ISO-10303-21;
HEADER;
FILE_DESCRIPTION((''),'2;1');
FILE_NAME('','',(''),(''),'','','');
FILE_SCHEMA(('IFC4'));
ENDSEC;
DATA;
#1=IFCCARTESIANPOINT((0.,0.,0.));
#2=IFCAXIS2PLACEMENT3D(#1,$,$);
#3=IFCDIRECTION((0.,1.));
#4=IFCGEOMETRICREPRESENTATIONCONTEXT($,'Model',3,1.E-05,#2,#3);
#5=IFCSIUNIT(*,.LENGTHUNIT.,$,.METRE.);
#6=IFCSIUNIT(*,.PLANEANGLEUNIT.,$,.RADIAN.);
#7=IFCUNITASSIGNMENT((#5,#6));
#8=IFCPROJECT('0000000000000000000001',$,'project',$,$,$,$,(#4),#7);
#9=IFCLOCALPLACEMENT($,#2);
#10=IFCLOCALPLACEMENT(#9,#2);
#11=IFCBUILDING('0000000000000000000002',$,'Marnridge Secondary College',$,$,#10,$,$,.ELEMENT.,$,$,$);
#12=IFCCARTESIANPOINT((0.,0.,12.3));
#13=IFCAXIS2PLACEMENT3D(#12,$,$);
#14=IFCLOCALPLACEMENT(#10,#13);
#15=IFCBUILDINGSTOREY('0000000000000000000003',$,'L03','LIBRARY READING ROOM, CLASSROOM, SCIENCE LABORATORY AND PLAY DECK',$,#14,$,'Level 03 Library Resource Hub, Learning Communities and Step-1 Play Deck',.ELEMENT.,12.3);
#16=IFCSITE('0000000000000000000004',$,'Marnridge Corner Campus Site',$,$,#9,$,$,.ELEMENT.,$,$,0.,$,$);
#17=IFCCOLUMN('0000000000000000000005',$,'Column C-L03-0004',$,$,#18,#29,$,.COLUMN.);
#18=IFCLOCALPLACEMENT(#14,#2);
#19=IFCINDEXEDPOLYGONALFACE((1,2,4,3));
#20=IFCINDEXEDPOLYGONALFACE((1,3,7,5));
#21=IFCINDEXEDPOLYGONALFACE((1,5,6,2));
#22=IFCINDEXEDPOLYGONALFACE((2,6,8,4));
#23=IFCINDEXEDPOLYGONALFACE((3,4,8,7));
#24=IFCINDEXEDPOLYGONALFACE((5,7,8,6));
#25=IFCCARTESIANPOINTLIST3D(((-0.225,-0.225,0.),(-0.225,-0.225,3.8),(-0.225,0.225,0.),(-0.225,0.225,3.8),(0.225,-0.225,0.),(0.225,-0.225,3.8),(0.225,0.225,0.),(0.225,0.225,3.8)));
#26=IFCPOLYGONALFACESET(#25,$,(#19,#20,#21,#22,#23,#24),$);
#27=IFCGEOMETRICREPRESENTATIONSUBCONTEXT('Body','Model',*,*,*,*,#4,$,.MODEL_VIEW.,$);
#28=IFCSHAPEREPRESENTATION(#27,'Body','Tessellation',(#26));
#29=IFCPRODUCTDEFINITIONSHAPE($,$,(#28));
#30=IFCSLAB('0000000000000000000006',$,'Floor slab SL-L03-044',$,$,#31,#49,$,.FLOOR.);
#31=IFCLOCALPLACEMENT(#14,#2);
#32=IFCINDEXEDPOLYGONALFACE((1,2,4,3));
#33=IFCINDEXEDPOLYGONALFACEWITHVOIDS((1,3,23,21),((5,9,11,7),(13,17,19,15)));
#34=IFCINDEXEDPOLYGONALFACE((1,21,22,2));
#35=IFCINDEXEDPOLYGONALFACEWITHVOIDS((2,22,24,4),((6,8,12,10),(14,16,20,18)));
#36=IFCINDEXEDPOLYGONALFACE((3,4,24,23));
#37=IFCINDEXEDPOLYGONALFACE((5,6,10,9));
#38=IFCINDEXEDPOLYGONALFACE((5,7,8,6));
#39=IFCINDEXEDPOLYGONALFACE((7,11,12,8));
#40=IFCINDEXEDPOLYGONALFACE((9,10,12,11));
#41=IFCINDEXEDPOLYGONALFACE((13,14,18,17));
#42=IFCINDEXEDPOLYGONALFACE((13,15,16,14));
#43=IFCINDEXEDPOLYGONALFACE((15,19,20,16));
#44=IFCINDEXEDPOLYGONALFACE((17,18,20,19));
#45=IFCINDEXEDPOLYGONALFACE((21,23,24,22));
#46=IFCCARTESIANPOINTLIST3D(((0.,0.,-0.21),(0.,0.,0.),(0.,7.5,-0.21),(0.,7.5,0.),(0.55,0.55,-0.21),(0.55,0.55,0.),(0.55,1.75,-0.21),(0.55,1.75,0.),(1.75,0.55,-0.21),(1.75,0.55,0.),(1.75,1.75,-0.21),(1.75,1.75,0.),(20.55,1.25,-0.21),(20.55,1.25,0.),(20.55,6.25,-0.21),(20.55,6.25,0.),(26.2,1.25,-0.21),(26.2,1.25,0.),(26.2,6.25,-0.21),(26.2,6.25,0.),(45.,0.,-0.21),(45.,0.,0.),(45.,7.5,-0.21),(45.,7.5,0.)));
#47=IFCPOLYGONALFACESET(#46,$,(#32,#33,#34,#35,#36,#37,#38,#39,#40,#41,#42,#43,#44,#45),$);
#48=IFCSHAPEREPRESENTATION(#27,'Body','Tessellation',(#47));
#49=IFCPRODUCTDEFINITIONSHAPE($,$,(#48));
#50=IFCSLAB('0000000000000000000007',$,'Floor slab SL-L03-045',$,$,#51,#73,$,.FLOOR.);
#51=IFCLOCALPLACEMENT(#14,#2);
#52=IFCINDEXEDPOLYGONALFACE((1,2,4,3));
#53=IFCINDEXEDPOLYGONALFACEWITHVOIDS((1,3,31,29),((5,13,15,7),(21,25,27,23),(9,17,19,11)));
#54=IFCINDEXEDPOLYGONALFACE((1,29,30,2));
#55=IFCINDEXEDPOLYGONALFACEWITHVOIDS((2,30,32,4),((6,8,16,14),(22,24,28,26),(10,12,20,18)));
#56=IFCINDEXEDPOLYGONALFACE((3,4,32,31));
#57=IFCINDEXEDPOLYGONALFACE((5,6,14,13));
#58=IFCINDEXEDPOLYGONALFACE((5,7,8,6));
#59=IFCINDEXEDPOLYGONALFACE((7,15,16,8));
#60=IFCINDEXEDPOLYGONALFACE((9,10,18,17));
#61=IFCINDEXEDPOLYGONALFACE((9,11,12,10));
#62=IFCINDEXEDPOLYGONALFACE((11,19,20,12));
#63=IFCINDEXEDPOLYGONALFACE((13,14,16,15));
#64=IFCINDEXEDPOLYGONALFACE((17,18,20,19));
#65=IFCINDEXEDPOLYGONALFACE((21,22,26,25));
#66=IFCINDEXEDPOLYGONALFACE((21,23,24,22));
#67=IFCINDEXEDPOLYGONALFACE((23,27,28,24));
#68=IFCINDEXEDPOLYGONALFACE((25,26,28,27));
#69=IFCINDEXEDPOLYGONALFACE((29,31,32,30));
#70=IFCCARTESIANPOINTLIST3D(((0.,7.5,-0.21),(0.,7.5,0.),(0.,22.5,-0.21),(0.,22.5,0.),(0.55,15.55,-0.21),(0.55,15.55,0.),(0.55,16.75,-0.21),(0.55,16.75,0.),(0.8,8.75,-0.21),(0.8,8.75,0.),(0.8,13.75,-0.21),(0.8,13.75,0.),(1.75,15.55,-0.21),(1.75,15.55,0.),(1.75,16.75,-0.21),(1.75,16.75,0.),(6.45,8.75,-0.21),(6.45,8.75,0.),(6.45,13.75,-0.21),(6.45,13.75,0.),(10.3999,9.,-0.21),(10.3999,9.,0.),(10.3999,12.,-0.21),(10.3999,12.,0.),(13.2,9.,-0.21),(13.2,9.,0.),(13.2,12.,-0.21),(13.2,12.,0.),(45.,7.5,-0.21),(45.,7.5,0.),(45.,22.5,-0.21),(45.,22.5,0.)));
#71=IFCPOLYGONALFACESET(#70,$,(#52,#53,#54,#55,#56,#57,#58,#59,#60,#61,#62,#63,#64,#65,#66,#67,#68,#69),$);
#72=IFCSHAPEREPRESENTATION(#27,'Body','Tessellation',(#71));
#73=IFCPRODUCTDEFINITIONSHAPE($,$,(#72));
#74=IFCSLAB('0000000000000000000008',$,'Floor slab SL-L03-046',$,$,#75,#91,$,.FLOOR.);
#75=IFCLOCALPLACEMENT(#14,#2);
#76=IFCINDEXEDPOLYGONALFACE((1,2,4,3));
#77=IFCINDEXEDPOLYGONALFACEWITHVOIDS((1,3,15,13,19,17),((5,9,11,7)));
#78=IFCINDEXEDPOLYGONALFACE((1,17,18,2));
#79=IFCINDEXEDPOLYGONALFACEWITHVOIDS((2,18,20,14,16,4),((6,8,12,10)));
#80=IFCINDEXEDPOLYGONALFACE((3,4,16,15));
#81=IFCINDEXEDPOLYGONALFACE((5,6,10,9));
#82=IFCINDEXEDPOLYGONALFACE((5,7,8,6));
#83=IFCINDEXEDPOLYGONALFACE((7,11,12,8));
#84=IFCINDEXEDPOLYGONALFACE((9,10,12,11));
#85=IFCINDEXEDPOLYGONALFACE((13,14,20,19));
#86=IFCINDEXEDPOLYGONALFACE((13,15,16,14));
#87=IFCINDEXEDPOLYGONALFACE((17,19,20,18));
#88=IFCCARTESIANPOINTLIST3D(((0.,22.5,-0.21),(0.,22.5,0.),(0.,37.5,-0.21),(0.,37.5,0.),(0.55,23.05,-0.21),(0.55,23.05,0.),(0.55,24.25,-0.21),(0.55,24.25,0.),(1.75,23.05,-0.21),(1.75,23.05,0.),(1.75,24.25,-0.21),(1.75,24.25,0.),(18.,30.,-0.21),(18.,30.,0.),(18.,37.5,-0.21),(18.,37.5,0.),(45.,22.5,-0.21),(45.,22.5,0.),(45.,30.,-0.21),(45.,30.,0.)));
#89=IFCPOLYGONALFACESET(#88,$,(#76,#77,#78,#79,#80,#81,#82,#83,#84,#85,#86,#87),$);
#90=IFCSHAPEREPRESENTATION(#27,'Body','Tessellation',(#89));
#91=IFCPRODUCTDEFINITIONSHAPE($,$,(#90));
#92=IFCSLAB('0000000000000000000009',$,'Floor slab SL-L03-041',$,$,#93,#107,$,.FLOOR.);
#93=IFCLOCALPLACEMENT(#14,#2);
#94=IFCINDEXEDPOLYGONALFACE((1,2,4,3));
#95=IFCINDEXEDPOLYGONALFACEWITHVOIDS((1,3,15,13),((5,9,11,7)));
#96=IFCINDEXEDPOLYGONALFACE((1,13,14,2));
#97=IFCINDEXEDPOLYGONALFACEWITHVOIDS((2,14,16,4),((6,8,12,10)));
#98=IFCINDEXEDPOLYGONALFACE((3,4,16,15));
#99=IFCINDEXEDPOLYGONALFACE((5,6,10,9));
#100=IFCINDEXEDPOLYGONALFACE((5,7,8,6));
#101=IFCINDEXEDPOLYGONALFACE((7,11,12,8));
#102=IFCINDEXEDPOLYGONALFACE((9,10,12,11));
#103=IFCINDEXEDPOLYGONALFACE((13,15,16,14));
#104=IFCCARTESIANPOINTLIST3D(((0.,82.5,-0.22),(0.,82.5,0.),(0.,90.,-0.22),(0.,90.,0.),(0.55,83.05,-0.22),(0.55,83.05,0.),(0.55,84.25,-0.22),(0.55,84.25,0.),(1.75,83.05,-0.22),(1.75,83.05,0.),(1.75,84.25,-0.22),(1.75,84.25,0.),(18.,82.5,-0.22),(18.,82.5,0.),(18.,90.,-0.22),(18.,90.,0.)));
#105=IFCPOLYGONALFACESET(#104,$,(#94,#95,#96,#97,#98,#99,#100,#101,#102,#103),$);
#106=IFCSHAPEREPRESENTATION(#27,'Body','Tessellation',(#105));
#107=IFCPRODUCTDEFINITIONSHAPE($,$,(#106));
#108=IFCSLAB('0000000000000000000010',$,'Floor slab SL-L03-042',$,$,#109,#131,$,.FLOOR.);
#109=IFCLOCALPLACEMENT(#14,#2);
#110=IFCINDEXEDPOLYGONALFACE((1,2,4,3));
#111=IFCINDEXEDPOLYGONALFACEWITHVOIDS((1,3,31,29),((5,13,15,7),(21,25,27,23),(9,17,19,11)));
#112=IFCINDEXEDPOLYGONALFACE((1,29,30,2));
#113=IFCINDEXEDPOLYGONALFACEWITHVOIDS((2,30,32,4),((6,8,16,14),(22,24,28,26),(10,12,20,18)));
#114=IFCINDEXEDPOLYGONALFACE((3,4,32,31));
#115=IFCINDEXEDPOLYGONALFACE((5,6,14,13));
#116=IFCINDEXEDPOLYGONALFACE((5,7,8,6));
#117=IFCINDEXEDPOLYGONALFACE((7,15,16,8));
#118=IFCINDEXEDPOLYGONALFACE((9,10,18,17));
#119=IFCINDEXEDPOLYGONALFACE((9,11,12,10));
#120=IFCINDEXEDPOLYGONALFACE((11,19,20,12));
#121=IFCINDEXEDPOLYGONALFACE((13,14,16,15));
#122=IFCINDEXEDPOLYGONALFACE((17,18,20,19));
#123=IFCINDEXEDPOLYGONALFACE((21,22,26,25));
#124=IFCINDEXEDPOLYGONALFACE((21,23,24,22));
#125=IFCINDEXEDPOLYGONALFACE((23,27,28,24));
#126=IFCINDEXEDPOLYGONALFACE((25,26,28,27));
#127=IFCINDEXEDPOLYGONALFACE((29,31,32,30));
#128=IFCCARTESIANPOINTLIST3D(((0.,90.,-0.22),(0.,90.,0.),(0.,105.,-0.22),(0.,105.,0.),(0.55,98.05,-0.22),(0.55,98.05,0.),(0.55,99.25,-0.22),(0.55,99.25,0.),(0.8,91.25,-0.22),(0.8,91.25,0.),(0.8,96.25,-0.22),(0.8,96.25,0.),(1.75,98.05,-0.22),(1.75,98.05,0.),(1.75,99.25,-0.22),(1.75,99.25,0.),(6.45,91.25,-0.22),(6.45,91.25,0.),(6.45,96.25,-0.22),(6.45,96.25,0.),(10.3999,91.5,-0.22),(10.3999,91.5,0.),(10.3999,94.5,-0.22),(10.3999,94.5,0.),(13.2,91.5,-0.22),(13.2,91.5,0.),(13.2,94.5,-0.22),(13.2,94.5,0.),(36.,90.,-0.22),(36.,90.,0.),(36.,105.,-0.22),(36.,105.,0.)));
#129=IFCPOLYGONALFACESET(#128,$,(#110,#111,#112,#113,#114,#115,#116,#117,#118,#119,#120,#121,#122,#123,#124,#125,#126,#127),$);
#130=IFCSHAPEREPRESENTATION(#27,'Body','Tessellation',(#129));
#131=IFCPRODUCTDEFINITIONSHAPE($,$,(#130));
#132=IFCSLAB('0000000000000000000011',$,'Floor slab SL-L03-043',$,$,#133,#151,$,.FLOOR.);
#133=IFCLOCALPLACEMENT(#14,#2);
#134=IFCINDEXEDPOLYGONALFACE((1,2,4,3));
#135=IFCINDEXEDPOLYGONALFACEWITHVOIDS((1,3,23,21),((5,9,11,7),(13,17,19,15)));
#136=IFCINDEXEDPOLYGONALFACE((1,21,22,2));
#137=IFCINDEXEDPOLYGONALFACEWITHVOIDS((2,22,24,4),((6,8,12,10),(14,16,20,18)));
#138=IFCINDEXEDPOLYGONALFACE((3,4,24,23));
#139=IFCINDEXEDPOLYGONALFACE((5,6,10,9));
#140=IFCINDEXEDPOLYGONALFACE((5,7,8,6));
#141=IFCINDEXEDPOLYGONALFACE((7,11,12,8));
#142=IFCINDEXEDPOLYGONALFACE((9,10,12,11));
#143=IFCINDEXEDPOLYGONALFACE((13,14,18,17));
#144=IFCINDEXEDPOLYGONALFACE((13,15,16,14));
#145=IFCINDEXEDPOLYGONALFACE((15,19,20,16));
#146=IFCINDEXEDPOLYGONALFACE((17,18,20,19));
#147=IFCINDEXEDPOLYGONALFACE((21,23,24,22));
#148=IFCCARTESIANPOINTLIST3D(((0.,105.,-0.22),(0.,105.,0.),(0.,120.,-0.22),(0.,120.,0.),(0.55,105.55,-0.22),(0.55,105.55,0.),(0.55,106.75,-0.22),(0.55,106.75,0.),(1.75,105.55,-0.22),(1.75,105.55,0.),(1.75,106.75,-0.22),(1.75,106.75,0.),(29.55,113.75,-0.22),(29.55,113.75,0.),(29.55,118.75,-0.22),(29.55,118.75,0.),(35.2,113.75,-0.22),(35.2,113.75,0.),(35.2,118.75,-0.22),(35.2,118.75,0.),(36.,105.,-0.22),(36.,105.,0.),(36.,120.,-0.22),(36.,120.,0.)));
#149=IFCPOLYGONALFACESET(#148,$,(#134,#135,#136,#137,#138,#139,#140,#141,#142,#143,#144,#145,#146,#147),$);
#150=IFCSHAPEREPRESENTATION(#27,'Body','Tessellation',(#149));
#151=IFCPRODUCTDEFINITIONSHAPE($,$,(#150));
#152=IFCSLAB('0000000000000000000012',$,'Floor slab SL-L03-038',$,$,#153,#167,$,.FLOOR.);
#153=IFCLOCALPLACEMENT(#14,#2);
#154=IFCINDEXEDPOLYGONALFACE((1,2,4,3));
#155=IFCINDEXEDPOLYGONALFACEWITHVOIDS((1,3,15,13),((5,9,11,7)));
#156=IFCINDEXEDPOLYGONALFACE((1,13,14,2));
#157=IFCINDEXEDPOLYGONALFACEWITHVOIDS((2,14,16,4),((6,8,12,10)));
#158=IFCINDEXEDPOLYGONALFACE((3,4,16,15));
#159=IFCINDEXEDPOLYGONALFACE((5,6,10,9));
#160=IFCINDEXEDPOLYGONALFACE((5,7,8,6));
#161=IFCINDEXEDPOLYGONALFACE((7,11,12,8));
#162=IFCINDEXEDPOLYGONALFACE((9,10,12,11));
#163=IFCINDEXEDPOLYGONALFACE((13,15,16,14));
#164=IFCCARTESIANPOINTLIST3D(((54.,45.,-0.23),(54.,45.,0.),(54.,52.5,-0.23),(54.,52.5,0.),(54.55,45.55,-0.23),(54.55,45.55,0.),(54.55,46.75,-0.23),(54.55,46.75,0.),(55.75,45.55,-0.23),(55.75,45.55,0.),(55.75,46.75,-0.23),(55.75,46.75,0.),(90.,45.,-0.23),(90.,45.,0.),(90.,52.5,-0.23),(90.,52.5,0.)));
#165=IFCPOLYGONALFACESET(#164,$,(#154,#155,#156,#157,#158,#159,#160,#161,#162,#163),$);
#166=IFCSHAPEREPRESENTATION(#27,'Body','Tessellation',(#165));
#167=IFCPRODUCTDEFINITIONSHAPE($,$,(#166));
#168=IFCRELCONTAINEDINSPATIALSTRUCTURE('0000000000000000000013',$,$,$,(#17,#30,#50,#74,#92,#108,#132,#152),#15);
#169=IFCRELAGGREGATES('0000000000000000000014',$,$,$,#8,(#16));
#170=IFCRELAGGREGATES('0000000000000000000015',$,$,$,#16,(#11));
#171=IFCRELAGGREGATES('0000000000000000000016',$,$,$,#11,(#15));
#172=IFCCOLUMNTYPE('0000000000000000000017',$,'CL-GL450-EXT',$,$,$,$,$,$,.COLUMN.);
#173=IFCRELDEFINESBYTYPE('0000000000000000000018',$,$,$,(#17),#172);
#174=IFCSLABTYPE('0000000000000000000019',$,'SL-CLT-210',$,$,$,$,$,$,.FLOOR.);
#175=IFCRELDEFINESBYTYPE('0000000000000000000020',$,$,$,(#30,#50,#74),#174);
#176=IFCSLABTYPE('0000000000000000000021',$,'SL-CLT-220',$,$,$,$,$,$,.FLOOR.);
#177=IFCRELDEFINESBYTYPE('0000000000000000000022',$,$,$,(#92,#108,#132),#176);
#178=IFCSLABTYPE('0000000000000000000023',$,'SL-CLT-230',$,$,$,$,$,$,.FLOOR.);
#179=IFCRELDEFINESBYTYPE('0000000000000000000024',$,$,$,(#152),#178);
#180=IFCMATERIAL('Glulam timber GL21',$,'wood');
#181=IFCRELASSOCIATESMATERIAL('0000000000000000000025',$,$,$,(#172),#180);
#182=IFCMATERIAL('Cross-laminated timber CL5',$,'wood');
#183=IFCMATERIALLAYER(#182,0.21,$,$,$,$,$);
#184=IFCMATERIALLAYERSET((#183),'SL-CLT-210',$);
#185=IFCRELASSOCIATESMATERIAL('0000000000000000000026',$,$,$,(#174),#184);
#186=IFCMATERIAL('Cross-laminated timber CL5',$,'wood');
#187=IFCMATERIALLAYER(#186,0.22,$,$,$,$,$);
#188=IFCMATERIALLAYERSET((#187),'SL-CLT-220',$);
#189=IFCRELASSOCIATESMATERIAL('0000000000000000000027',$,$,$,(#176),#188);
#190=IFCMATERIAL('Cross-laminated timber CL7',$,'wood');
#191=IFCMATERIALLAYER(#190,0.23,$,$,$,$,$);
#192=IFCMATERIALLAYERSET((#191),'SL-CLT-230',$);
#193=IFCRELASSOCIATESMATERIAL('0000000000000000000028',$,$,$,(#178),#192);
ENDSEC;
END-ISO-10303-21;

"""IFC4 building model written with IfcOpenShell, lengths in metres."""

from ifc_helpers import new_model, si_unit, direction, frame, origin, origin_with_axes, origin_2d, place, context, subcontext, project, spatial, polyline, rectangle, outline, extrude, material, layer, layer_set, material_profile, profile_set, type_object, element, save


model = new_model("IFC4")

# Units and contexts
model_context = context("Model", 3, precision=1e-05, world=origin(), true_north=direction((0.0, 1.0)))
body_context = subcontext(model_context, "Body", "Model", "MODEL_VIEW")
ifc_project = project(units=[si_unit("LENGTHUNIT", "METRE"), si_unit("PLANEANGLEUNIT", "RADIAN")], contexts=[model_context])

# Site, building, storey
site_placement = place(None, origin())
site = spatial("IfcSite", under=ifc_project, at=site_placement, Name="Marnridge Corner Campus Site", CompositionType="ELEMENT", RefElevation=0.0)
building_placement = place(site_placement, origin())
building = spatial("IfcBuilding", under=site, at=building_placement, Name="Marnridge Secondary College", CompositionType="ELEMENT")
storey_placement = place(building_placement, frame((0.0, 0.0, 12.3)))
storey = spatial("IfcBuildingStorey", under=building, at=storey_placement, Name="L03", Description="LIBRARY READING ROOM, CLASSROOM, SCIENCE LABORATORY AND PLAY DECK", LongName="Level 03 Library Resource Hub, Learning Communities and Step-1 Play Deck", CompositionType="ELEMENT", Elevation=12.3)

# Column
ifc_material_1 = material(Name="Glulam timber GL21", Category="wood")
ifc_material_profile = material_profile(ifc_material_1, rectangle(XDim=0.45, YDim=0.45, at=origin_2d()), Name="GL21 450x450")
ifc_profile_set = profile_set([ifc_material_profile], Name="Glulam timber GL21")
column_type = type_object("IfcColumnType", Name="CL-GL450-EXT", PredefinedType="COLUMN", material=ifc_profile_set)
column_placement = place(storey_placement, origin_with_axes())
element("IfcColumn", 1, at=column_placement, inside=storey, type_object=column_type, Name="Column C-L03-0004", PredefinedType="COLUMN", context=body_context, shape_type="SweptSolid", body=[
    extrude(rectangle(XDim=0.45, YDim=0.45, at=origin_2d()), origin(), (0.0, 0.0, 1.0), 3.8),
])

# Slabs
ifc_material_2 = material(Name="Cross-laminated timber CL5", Category="wood")
ifc_layer_1 = layer(ifc_material_2, 0.21)
ifc_layer_set_1 = layer_set([ifc_layer_1], Name="SL-CLT-210")
slab_type_1 = type_object("IfcSlabType", Name="SL-CLT-210", PredefinedType="FLOOR", material=ifc_layer_set_1)
slab_1_placement = place(storey_placement, frame((0.0, 0.0, -0.21)))
element("IfcSlab", 2, at=slab_1_placement, inside=storey, type_object=slab_type_1, Name="Floor slab SL-L03-044", PredefinedType="FLOOR", context=body_context, shape_type="SweptSolid", body=[
    extrude(outline(polyline([(0.0, 7.5), (45.0, 7.5), (45.0, 0.0), (0.0, 0.0), (0.0, 7.5)]), holes=[polyline([(20.55, 1.25), (26.2, 1.25), (26.2, 6.25), (20.55, 6.25), (20.55, 1.25)]), polyline([(0.55, 0.55), (1.75, 0.55), (1.75, 1.75), (0.55, 1.75), (0.55, 0.55)])]), origin(), (0.0, 0.0, 1.0), 0.21),
])
slab_2_placement = place(storey_placement, frame((0.0, 0.0, -0.21)))
element("IfcSlab", 3, at=slab_2_placement, inside=storey, type_object=slab_type_1, Name="Floor slab SL-L03-045", PredefinedType="FLOOR", context=body_context, shape_type="SweptSolid", body=[
    extrude(outline(polyline([(45.0, 7.5), (0.0, 7.5), (0.0, 22.5), (45.0, 22.5), (45.0, 7.5)]), holes=[polyline([(0.8, 8.75), (6.45, 8.75), (6.45, 13.75), (0.8, 13.75), (0.8, 8.75)]), polyline([(10.3999, 9.0), (13.2, 9.0), (13.2, 12.0), (10.3999, 12.0), (10.3999, 9.0)]), polyline([(0.55, 15.55), (1.75, 15.55), (1.75, 16.75), (0.55, 16.75), (0.55, 15.55)])]), origin(), (0.0, 0.0, 1.0), 0.21),
])
slab_3_placement = place(storey_placement, frame((0.0, 0.0, -0.21)))
element("IfcSlab", 4, at=slab_3_placement, inside=storey, type_object=slab_type_1, Name="Floor slab SL-L03-046", PredefinedType="FLOOR", context=body_context, shape_type="SweptSolid", body=[
    extrude(outline(polyline([(0.0, 37.5), (18.0, 37.5), (18.0, 30.0), (45.0, 30.0), (45.0, 22.5), (0.0, 22.5), (0.0, 37.5)]), holes=[polyline([(0.55, 23.05), (1.75, 23.05), (1.75, 24.25), (0.55, 24.25), (0.55, 23.05)])]), origin(), (0.0, 0.0, 1.0), 0.21),
])
ifc_material_3 = material(Name="Cross-laminated timber CL5", Category="wood")
ifc_layer_2 = layer(ifc_material_3, 0.22)
ifc_layer_set_2 = layer_set([ifc_layer_2], Name="SL-CLT-220")
slab_type_2 = type_object("IfcSlabType", Name="SL-CLT-220", PredefinedType="FLOOR", material=ifc_layer_set_2)
slab_4_placement = place(storey_placement, frame((0.0, 0.0, -0.22)))
element("IfcSlab", 5, at=slab_4_placement, inside=storey, type_object=slab_type_2, Name="Floor slab SL-L03-041", PredefinedType="FLOOR", context=body_context, shape_type="SweptSolid", body=[
    extrude(outline(polyline([(0.0, 82.5), (0.0, 90.0), (18.0, 90.0), (18.0, 82.5), (0.0, 82.5)]), holes=[polyline([(0.55, 83.05), (1.75, 83.05), (1.75, 84.25), (0.55, 84.25), (0.55, 83.05)])]), origin(), (0.0, 0.0, 1.0), 0.22),
])
slab_5_placement = place(storey_placement, frame((0.0, 0.0, -0.22)))
element("IfcSlab", 6, at=slab_5_placement, inside=storey, type_object=slab_type_2, Name="Floor slab SL-L03-042", PredefinedType="FLOOR", context=body_context, shape_type="SweptSolid", body=[
    extrude(outline(polyline([(36.0, 90.0), (0.0, 90.0), (0.0, 105.0), (36.0, 105.0), (36.0, 90.0)]), holes=[polyline([(0.8, 91.25), (6.45, 91.25), (6.45, 96.25), (0.8, 96.25), (0.8, 91.25)]), polyline([(10.3999, 91.5), (13.2, 91.5), (13.2, 94.5), (10.3999, 94.5), (10.3999, 91.5)]), polyline([(0.55, 98.05), (1.75, 98.05), (1.75, 99.25), (0.55, 99.25), (0.55, 98.05)])]), origin(), (0.0, 0.0, 1.0), 0.22),
])
slab_6_placement = place(storey_placement, frame((0.0, 0.0, -0.22)))
element("IfcSlab", 7, at=slab_6_placement, inside=storey, type_object=slab_type_2, Name="Floor slab SL-L03-043", PredefinedType="FLOOR", context=body_context, shape_type="SweptSolid", body=[
    extrude(outline(polyline([(36.0, 105.0), (0.0, 105.0), (0.0, 120.0), (36.0, 120.0), (36.0, 105.0)]), holes=[polyline([(29.55, 113.75), (35.2, 113.75), (35.2, 118.75), (29.55, 118.75), (29.55, 113.75)]), polyline([(0.55, 105.55), (1.75, 105.55), (1.75, 106.75), (0.55, 106.75), (0.55, 105.55)])]), origin(), (0.0, 0.0, 1.0), 0.22),
])
ifc_material_4 = material(Name="Cross-laminated timber CL7", Category="wood")
ifc_layer_3 = layer(ifc_material_4, 0.23)
ifc_layer_set_3 = layer_set([ifc_layer_3], Name="SL-CLT-230")
slab_type_3 = type_object("IfcSlabType", Name="SL-CLT-230", PredefinedType="FLOOR", material=ifc_layer_set_3)
slab_7_placement = place(storey_placement, frame((0.0, 0.0, -0.23)))
element("IfcSlab", 8, at=slab_7_placement, inside=storey, type_object=slab_type_3, Name="Floor slab SL-L03-038", PredefinedType="FLOOR", context=body_context, shape_type="SweptSolid", body=[
    extrude(outline(polyline([(54.0, 52.5), (90.0, 52.5), (90.0, 45.0), (54.0, 45.0), (54.0, 52.5)]), holes=[polyline([(54.55, 45.55), (55.75, 45.55), (55.75, 46.75), (54.55, 46.75), (54.55, 45.55)])]), origin(), (0.0, 0.0, 1.0), 0.23),
])

save(model, "model.ifc")
